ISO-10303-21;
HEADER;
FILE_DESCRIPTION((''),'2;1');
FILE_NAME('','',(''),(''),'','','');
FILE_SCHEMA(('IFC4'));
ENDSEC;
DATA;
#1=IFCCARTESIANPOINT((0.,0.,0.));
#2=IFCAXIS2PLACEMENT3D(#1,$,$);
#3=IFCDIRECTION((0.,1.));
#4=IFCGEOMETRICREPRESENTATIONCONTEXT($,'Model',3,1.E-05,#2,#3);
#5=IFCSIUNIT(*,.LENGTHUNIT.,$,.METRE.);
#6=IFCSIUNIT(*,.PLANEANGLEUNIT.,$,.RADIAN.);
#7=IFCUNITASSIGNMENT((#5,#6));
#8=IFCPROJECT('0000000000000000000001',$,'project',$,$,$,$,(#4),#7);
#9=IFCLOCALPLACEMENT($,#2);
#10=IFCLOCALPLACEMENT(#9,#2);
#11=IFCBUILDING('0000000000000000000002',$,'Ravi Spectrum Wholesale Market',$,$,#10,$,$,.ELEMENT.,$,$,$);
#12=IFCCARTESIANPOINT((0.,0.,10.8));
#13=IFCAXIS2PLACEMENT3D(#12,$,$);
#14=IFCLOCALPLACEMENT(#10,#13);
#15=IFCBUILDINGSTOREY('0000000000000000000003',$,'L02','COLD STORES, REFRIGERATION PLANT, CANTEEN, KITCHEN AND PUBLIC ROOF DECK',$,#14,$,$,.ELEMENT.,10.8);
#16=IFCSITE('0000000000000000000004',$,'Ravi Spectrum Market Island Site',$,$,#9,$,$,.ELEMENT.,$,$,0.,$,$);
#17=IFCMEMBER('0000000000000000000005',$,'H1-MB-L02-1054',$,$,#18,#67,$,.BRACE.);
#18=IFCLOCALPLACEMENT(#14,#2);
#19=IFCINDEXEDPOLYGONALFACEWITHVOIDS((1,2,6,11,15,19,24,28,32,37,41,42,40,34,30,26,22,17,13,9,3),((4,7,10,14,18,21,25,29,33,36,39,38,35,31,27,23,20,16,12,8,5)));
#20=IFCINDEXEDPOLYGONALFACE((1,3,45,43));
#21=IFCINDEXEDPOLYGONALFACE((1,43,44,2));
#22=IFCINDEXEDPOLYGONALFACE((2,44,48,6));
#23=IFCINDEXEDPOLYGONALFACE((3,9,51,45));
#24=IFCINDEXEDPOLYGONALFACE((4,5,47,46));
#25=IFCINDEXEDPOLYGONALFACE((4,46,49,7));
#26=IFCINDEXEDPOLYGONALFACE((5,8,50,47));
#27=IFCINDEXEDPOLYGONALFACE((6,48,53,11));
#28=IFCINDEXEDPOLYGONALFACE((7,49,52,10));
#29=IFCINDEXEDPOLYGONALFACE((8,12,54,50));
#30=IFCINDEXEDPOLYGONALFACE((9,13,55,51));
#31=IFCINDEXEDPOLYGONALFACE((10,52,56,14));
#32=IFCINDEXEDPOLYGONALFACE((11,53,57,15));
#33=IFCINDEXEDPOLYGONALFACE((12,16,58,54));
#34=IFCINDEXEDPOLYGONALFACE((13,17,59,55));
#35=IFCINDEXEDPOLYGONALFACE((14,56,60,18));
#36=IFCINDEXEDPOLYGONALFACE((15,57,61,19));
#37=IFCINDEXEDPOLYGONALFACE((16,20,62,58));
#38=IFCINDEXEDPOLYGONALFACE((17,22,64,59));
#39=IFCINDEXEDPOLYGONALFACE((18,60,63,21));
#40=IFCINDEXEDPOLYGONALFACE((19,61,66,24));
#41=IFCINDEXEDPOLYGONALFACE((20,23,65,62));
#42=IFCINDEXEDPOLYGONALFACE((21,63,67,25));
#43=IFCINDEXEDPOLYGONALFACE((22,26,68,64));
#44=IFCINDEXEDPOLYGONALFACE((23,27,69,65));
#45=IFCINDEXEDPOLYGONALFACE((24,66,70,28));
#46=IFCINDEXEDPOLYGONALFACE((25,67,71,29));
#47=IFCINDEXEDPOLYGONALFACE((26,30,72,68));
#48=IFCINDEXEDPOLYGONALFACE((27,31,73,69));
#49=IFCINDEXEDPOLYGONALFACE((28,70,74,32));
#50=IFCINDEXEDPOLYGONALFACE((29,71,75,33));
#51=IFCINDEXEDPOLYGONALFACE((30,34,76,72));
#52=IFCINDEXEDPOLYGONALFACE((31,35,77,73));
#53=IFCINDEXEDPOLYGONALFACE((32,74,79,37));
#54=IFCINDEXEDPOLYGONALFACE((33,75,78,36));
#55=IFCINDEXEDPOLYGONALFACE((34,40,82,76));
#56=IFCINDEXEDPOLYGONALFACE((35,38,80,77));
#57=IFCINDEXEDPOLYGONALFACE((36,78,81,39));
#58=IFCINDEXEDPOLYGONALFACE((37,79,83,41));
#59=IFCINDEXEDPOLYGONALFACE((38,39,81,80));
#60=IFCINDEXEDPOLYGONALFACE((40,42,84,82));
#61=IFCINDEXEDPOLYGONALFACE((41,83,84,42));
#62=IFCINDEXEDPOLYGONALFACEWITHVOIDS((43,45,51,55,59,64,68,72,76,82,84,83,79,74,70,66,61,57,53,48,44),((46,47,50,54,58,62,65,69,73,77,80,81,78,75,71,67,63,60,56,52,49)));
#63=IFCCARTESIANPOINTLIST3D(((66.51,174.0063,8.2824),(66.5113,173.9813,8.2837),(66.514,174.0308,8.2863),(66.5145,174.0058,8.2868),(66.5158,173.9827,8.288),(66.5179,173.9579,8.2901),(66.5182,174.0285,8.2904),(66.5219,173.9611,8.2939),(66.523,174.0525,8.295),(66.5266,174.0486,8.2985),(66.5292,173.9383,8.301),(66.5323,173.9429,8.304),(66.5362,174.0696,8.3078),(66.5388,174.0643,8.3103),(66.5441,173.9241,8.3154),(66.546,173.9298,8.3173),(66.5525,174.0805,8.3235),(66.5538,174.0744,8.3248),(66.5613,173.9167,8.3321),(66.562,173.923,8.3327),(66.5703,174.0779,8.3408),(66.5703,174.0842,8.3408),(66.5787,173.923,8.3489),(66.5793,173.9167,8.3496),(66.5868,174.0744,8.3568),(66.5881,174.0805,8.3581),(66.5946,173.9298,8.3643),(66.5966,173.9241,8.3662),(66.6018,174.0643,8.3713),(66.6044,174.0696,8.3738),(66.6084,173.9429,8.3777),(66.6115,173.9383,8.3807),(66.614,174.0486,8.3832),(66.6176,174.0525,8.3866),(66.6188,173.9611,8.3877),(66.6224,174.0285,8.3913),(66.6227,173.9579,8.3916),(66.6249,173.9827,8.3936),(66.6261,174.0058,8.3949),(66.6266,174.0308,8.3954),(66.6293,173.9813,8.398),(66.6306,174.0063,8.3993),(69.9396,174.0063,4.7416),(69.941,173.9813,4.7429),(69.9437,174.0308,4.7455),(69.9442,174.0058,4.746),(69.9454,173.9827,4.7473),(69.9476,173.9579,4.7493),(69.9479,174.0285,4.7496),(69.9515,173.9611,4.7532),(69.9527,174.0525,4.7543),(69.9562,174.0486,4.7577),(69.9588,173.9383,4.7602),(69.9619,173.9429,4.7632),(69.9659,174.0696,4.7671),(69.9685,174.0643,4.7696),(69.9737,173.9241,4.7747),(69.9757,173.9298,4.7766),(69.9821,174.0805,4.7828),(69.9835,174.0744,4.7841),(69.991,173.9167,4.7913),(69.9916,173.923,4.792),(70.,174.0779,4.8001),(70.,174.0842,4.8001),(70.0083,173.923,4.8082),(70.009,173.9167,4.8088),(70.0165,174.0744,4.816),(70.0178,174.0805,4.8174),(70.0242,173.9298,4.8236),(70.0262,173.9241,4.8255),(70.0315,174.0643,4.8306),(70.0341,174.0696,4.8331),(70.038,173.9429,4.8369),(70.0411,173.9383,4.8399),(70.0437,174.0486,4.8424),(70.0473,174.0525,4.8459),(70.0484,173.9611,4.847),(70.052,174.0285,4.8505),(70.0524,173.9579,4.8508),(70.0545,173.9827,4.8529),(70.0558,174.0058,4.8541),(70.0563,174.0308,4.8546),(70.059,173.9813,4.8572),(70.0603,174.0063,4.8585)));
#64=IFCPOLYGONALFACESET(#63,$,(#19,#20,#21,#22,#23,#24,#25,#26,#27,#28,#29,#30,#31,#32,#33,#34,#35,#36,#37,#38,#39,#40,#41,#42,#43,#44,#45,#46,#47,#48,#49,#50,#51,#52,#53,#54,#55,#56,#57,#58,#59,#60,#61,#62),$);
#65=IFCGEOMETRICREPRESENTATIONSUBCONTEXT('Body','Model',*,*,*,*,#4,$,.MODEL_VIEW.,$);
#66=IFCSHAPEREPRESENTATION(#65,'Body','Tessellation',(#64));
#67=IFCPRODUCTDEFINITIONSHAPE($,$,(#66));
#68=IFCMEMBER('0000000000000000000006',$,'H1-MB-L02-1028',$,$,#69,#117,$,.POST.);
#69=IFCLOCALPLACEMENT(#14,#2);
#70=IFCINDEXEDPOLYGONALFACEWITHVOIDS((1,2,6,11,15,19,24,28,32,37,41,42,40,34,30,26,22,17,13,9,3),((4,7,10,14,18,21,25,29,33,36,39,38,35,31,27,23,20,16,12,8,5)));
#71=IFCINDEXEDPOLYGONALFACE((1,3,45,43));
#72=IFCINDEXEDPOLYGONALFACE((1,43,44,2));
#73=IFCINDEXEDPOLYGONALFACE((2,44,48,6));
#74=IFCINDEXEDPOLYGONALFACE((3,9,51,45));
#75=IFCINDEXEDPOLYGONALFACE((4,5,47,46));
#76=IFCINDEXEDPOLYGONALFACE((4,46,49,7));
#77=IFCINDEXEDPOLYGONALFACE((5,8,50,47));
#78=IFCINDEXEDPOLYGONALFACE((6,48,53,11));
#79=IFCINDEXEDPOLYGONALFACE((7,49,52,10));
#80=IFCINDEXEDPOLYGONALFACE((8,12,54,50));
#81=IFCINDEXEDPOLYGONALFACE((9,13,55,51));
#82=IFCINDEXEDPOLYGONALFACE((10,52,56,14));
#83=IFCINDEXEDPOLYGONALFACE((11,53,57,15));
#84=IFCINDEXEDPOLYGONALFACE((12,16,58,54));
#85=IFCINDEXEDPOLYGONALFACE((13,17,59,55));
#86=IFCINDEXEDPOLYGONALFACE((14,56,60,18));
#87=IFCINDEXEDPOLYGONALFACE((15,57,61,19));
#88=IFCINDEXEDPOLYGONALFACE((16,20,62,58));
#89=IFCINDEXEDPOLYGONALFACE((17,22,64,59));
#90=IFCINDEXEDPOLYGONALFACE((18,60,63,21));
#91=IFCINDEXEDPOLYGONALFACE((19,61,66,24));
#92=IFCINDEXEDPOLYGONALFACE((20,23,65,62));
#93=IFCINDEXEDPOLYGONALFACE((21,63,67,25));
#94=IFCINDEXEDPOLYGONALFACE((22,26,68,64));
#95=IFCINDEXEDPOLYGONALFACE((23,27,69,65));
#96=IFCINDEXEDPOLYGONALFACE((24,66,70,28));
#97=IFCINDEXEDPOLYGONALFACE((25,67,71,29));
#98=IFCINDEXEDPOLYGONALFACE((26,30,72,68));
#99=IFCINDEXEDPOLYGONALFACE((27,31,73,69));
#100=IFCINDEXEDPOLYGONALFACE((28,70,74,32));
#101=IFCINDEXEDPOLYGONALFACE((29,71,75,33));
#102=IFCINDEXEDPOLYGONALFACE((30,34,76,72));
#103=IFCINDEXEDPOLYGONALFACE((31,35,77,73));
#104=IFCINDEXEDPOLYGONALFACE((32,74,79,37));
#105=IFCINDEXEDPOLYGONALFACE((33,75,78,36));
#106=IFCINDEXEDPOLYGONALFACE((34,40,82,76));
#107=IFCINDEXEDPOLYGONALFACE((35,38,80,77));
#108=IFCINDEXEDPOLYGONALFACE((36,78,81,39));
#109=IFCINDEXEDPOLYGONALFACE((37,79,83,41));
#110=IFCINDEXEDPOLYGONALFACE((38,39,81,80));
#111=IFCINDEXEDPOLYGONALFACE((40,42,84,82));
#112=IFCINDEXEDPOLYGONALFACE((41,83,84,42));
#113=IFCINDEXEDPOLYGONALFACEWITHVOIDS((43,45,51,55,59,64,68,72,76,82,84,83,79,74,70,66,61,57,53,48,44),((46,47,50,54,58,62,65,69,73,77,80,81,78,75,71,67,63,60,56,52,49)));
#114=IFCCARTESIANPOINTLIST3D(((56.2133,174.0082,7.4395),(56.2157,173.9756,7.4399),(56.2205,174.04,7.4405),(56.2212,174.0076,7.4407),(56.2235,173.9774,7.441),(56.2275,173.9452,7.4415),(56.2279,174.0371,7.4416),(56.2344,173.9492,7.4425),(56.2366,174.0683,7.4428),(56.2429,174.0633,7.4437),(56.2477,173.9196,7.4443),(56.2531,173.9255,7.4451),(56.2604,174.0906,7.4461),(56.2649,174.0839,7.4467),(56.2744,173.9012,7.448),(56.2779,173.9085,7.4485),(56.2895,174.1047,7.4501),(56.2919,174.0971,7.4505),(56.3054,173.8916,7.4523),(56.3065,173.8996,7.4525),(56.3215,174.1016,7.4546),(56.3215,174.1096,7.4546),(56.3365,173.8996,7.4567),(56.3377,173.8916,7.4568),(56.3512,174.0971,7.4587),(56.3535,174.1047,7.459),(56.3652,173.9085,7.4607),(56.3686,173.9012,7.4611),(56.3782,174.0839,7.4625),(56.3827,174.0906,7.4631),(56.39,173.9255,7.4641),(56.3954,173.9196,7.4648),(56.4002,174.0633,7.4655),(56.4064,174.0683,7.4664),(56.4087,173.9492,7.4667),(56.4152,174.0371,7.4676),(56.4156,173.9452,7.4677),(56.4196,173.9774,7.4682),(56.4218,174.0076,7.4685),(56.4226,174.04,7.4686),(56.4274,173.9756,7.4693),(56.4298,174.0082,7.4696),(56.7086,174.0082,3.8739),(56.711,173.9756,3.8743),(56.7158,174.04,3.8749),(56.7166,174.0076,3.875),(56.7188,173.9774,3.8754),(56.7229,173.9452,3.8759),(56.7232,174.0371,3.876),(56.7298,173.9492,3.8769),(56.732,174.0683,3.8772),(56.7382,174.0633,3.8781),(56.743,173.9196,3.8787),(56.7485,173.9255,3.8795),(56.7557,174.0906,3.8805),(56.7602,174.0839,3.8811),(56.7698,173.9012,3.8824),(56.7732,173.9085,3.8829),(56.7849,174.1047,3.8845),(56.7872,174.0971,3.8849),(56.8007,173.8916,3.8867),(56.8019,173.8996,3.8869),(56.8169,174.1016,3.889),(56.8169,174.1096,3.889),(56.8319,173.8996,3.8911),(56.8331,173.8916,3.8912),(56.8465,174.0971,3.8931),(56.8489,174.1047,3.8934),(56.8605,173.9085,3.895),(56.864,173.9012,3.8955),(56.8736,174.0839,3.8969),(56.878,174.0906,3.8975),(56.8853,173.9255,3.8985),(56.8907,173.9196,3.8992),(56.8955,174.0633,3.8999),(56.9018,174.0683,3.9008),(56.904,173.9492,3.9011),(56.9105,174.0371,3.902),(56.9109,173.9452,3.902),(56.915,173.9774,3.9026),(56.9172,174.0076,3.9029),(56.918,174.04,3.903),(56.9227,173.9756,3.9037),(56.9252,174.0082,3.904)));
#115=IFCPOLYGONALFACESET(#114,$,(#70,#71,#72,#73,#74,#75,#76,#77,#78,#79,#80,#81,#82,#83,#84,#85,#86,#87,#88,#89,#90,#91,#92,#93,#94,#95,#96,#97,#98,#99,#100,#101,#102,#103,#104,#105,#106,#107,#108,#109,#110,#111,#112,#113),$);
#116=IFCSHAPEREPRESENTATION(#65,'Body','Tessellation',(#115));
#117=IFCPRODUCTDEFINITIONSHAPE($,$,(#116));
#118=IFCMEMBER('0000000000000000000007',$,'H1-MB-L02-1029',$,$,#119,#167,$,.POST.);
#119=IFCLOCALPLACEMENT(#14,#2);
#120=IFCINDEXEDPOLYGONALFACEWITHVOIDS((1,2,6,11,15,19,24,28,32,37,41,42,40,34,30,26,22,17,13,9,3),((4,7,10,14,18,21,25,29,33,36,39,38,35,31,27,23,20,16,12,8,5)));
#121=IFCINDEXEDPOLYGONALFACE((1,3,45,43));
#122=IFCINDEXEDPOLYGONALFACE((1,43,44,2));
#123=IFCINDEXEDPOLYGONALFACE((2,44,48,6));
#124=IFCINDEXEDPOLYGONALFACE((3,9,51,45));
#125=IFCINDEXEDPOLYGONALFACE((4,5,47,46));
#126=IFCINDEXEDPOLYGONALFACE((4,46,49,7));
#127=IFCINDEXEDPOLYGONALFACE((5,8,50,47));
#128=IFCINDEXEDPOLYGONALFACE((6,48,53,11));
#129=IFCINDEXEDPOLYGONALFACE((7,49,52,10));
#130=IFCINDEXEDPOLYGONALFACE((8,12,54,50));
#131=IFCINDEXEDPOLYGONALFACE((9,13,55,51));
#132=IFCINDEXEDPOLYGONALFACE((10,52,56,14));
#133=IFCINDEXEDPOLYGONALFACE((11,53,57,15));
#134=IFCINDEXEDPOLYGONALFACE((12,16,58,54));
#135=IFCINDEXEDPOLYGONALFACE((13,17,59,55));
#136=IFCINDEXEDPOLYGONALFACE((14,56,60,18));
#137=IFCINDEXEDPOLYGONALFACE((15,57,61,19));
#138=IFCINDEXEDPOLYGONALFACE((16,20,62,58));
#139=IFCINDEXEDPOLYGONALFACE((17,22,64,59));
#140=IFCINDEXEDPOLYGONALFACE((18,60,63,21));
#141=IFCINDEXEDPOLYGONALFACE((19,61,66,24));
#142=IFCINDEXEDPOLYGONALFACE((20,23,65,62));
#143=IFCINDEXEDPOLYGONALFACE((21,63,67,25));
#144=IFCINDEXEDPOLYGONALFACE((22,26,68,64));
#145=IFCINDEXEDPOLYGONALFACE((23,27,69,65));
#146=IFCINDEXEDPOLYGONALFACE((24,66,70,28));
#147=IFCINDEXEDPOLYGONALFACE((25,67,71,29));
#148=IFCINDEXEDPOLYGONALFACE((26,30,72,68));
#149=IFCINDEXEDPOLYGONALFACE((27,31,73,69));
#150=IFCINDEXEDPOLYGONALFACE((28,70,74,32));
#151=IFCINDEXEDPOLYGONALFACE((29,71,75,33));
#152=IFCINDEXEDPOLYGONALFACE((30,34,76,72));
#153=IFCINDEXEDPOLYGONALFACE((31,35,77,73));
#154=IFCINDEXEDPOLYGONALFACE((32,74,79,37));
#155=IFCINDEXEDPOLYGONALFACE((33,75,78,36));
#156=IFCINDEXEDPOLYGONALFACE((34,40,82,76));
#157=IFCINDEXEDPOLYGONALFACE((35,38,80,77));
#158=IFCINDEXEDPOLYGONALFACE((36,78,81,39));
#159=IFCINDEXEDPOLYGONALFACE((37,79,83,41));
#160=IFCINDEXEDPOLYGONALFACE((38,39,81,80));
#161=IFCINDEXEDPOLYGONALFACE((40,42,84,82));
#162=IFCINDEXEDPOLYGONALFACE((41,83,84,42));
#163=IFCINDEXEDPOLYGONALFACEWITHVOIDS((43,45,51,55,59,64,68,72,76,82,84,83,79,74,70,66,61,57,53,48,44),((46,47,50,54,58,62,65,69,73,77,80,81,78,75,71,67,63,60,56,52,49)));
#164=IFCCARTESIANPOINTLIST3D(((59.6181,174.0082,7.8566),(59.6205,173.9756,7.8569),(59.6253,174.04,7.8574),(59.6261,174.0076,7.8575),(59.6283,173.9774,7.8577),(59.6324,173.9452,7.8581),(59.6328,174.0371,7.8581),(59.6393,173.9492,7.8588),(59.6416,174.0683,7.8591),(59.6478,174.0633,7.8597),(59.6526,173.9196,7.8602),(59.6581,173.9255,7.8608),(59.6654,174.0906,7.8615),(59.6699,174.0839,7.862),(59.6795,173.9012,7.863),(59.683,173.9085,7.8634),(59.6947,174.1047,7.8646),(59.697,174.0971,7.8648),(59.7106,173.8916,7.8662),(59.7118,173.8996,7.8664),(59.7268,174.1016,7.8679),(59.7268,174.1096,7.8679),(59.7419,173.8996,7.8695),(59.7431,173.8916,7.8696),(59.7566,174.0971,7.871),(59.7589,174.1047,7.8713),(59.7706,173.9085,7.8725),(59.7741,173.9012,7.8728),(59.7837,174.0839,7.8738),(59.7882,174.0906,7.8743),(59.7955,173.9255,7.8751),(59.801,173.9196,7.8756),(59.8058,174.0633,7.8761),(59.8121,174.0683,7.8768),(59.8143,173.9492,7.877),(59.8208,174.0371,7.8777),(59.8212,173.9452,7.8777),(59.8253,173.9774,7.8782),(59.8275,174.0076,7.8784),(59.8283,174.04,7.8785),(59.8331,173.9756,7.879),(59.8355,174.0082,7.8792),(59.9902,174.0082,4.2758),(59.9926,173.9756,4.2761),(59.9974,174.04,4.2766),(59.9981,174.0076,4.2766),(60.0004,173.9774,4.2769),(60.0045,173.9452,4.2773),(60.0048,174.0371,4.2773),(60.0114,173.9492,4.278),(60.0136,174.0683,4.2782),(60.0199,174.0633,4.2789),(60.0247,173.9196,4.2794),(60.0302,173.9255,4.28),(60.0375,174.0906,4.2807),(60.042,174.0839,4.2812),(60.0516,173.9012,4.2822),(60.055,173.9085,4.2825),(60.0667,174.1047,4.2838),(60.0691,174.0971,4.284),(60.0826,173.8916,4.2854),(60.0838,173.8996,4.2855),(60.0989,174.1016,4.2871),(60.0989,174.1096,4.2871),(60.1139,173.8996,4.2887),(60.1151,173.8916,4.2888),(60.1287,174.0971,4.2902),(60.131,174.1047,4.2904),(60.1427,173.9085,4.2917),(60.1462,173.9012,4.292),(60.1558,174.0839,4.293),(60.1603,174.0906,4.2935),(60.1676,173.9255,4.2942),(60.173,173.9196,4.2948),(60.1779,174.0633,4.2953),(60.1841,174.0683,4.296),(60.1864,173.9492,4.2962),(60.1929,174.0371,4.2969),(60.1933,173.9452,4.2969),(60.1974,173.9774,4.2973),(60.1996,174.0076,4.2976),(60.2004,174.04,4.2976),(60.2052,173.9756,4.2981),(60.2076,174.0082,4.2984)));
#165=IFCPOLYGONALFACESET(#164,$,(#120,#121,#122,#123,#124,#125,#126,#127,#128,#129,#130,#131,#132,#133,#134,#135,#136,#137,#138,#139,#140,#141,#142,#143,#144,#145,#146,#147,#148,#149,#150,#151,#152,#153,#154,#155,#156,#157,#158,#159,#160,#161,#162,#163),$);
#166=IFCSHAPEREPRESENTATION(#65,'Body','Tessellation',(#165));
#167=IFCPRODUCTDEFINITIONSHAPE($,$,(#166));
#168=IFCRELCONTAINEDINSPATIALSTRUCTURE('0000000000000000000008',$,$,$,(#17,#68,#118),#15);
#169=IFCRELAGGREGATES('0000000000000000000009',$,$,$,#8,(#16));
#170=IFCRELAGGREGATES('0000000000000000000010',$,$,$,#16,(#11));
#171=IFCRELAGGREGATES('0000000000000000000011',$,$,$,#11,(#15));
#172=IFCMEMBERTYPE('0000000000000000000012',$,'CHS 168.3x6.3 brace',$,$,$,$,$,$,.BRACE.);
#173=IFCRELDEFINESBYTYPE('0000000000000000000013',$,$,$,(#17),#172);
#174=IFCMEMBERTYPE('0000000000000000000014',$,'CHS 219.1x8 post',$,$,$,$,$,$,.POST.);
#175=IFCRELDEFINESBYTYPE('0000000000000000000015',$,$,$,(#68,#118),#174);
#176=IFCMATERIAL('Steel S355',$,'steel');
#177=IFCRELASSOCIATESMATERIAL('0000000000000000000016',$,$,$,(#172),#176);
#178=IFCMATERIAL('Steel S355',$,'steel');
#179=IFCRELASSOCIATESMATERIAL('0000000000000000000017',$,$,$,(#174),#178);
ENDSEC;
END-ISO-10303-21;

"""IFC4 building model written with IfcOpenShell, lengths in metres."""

from ifc_helpers import new_model, si_unit, direction, frame, origin, origin_2d, place, context, subcontext, project, spatial, hollow_circle, extrude, material, material_profile, profile_set, type_object, element, save


model = new_model("IFC4")

# Units and contexts
model_context = context("Model", 3, precision=1e-05, world=origin(), true_north=direction((0.0, 1.0)))
body_context = subcontext(model_context, "Body", "Model", "MODEL_VIEW")
ifc_project = project(units=[si_unit("LENGTHUNIT", "METRE"), si_unit("PLANEANGLEUNIT", "RADIAN")], contexts=[model_context])

# Site, building, storey
site_placement = place(None, origin())
site = spatial("IfcSite", under=ifc_project, at=site_placement, Name="Ravi Spectrum Market Island Site", CompositionType="ELEMENT", RefElevation=0.0)
building_placement = place(site_placement, origin())
building = spatial("IfcBuilding", under=site, at=building_placement, Name="Ravi Spectrum Wholesale Market", CompositionType="ELEMENT")
storey_placement = place(building_placement, frame((0.0, 0.0, 10.8)))
storey = spatial("IfcBuildingStorey", under=building, at=storey_placement, Name="L02", Description="COLD STORES, REFRIGERATION PLANT, CANTEEN, KITCHEN AND PUBLIC ROOF DECK", CompositionType="ELEMENT", Elevation=10.8)

# Members
ifc_material_1 = material(Name="Steel S355", Category="steel")
ifc_material_profile_1 = material_profile(ifc_material_1, hollow_circle(Radius=0.0842, WallThickness=0.0063, at=origin_2d()))
ifc_profile_set_1 = profile_set([ifc_material_profile_1], Name="Steel S355")
member_type_1 = type_object("IfcMemberType", Name="CHS 168.3x6.3 brace", PredefinedType="BRACE", material=ifc_profile_set_1)
for number, where, z_axis, x_axis, name in (
    (1, (66.5703, 174.0, 8.3408), (0.69575, 0.0, -0.718284), (0.0, 1.0, 0.0), "H1-MB-L02-1054"),
):
    element("IfcMember", number, at=place(storey_placement, frame(where, z_axis=z_axis, x_axis=x_axis)), inside=storey, type_object=member_type_1, Name=name, PredefinedType="BRACE", context=body_context, shape_type="SweptSolid", body=[
        extrude(hollow_circle(Radius=0.0842, WallThickness=0.0063, at=origin_2d()), origin(), (0.0, 0.0, 1.0), 4.9294),
    ])
ifc_material_2 = material(Name="Steel S355", Category="steel")
ifc_material_profile_2 = material_profile(ifc_material_2, hollow_circle(Radius=0.1096, WallThickness=0.0081, at=origin_2d()))
ifc_profile_set_2 = profile_set([ifc_material_profile_2], Name="Steel S355")
member_type_2 = type_object("IfcMemberType", Name="CHS 219.1x8 post", PredefinedType="POST", material=ifc_profile_set_2)
member_1_placement = place(storey_placement, frame((56.3215, 174.0, 7.4546), z_axis=(0.137603, 0.0, -0.990487), x_axis=(0.0, 1.0, 0.0)))
element("IfcMember", 2, at=member_1_placement, inside=storey, type_object=member_type_2, Name="H1-MB-L02-1028", PredefinedType="POST", context=body_context, shape_type="SweptSolid", body=[
    extrude(hollow_circle(Radius=0.1096, WallThickness=0.0081, at=origin_2d()), origin(), (0.0, 0.0, 1.0), 3.5999),
])
member_2_placement = place(storey_placement, frame((59.7268, 174.0, 7.8679), z_axis=(0.10335, 0.0, -0.994645), x_axis=(0.0, 1.0, 0.0)))
element("IfcMember", 3, at=member_2_placement, inside=storey, type_object=member_type_2, Name="H1-MB-L02-1029", PredefinedType="POST", context=body_context, shape_type="SweptSolid", body=[
    extrude(hollow_circle(Radius=0.1096, WallThickness=0.0081, at=origin_2d()), origin(), (0.0, 0.0, 1.0), 3.6001),
])

save(model, "model.ifc")
